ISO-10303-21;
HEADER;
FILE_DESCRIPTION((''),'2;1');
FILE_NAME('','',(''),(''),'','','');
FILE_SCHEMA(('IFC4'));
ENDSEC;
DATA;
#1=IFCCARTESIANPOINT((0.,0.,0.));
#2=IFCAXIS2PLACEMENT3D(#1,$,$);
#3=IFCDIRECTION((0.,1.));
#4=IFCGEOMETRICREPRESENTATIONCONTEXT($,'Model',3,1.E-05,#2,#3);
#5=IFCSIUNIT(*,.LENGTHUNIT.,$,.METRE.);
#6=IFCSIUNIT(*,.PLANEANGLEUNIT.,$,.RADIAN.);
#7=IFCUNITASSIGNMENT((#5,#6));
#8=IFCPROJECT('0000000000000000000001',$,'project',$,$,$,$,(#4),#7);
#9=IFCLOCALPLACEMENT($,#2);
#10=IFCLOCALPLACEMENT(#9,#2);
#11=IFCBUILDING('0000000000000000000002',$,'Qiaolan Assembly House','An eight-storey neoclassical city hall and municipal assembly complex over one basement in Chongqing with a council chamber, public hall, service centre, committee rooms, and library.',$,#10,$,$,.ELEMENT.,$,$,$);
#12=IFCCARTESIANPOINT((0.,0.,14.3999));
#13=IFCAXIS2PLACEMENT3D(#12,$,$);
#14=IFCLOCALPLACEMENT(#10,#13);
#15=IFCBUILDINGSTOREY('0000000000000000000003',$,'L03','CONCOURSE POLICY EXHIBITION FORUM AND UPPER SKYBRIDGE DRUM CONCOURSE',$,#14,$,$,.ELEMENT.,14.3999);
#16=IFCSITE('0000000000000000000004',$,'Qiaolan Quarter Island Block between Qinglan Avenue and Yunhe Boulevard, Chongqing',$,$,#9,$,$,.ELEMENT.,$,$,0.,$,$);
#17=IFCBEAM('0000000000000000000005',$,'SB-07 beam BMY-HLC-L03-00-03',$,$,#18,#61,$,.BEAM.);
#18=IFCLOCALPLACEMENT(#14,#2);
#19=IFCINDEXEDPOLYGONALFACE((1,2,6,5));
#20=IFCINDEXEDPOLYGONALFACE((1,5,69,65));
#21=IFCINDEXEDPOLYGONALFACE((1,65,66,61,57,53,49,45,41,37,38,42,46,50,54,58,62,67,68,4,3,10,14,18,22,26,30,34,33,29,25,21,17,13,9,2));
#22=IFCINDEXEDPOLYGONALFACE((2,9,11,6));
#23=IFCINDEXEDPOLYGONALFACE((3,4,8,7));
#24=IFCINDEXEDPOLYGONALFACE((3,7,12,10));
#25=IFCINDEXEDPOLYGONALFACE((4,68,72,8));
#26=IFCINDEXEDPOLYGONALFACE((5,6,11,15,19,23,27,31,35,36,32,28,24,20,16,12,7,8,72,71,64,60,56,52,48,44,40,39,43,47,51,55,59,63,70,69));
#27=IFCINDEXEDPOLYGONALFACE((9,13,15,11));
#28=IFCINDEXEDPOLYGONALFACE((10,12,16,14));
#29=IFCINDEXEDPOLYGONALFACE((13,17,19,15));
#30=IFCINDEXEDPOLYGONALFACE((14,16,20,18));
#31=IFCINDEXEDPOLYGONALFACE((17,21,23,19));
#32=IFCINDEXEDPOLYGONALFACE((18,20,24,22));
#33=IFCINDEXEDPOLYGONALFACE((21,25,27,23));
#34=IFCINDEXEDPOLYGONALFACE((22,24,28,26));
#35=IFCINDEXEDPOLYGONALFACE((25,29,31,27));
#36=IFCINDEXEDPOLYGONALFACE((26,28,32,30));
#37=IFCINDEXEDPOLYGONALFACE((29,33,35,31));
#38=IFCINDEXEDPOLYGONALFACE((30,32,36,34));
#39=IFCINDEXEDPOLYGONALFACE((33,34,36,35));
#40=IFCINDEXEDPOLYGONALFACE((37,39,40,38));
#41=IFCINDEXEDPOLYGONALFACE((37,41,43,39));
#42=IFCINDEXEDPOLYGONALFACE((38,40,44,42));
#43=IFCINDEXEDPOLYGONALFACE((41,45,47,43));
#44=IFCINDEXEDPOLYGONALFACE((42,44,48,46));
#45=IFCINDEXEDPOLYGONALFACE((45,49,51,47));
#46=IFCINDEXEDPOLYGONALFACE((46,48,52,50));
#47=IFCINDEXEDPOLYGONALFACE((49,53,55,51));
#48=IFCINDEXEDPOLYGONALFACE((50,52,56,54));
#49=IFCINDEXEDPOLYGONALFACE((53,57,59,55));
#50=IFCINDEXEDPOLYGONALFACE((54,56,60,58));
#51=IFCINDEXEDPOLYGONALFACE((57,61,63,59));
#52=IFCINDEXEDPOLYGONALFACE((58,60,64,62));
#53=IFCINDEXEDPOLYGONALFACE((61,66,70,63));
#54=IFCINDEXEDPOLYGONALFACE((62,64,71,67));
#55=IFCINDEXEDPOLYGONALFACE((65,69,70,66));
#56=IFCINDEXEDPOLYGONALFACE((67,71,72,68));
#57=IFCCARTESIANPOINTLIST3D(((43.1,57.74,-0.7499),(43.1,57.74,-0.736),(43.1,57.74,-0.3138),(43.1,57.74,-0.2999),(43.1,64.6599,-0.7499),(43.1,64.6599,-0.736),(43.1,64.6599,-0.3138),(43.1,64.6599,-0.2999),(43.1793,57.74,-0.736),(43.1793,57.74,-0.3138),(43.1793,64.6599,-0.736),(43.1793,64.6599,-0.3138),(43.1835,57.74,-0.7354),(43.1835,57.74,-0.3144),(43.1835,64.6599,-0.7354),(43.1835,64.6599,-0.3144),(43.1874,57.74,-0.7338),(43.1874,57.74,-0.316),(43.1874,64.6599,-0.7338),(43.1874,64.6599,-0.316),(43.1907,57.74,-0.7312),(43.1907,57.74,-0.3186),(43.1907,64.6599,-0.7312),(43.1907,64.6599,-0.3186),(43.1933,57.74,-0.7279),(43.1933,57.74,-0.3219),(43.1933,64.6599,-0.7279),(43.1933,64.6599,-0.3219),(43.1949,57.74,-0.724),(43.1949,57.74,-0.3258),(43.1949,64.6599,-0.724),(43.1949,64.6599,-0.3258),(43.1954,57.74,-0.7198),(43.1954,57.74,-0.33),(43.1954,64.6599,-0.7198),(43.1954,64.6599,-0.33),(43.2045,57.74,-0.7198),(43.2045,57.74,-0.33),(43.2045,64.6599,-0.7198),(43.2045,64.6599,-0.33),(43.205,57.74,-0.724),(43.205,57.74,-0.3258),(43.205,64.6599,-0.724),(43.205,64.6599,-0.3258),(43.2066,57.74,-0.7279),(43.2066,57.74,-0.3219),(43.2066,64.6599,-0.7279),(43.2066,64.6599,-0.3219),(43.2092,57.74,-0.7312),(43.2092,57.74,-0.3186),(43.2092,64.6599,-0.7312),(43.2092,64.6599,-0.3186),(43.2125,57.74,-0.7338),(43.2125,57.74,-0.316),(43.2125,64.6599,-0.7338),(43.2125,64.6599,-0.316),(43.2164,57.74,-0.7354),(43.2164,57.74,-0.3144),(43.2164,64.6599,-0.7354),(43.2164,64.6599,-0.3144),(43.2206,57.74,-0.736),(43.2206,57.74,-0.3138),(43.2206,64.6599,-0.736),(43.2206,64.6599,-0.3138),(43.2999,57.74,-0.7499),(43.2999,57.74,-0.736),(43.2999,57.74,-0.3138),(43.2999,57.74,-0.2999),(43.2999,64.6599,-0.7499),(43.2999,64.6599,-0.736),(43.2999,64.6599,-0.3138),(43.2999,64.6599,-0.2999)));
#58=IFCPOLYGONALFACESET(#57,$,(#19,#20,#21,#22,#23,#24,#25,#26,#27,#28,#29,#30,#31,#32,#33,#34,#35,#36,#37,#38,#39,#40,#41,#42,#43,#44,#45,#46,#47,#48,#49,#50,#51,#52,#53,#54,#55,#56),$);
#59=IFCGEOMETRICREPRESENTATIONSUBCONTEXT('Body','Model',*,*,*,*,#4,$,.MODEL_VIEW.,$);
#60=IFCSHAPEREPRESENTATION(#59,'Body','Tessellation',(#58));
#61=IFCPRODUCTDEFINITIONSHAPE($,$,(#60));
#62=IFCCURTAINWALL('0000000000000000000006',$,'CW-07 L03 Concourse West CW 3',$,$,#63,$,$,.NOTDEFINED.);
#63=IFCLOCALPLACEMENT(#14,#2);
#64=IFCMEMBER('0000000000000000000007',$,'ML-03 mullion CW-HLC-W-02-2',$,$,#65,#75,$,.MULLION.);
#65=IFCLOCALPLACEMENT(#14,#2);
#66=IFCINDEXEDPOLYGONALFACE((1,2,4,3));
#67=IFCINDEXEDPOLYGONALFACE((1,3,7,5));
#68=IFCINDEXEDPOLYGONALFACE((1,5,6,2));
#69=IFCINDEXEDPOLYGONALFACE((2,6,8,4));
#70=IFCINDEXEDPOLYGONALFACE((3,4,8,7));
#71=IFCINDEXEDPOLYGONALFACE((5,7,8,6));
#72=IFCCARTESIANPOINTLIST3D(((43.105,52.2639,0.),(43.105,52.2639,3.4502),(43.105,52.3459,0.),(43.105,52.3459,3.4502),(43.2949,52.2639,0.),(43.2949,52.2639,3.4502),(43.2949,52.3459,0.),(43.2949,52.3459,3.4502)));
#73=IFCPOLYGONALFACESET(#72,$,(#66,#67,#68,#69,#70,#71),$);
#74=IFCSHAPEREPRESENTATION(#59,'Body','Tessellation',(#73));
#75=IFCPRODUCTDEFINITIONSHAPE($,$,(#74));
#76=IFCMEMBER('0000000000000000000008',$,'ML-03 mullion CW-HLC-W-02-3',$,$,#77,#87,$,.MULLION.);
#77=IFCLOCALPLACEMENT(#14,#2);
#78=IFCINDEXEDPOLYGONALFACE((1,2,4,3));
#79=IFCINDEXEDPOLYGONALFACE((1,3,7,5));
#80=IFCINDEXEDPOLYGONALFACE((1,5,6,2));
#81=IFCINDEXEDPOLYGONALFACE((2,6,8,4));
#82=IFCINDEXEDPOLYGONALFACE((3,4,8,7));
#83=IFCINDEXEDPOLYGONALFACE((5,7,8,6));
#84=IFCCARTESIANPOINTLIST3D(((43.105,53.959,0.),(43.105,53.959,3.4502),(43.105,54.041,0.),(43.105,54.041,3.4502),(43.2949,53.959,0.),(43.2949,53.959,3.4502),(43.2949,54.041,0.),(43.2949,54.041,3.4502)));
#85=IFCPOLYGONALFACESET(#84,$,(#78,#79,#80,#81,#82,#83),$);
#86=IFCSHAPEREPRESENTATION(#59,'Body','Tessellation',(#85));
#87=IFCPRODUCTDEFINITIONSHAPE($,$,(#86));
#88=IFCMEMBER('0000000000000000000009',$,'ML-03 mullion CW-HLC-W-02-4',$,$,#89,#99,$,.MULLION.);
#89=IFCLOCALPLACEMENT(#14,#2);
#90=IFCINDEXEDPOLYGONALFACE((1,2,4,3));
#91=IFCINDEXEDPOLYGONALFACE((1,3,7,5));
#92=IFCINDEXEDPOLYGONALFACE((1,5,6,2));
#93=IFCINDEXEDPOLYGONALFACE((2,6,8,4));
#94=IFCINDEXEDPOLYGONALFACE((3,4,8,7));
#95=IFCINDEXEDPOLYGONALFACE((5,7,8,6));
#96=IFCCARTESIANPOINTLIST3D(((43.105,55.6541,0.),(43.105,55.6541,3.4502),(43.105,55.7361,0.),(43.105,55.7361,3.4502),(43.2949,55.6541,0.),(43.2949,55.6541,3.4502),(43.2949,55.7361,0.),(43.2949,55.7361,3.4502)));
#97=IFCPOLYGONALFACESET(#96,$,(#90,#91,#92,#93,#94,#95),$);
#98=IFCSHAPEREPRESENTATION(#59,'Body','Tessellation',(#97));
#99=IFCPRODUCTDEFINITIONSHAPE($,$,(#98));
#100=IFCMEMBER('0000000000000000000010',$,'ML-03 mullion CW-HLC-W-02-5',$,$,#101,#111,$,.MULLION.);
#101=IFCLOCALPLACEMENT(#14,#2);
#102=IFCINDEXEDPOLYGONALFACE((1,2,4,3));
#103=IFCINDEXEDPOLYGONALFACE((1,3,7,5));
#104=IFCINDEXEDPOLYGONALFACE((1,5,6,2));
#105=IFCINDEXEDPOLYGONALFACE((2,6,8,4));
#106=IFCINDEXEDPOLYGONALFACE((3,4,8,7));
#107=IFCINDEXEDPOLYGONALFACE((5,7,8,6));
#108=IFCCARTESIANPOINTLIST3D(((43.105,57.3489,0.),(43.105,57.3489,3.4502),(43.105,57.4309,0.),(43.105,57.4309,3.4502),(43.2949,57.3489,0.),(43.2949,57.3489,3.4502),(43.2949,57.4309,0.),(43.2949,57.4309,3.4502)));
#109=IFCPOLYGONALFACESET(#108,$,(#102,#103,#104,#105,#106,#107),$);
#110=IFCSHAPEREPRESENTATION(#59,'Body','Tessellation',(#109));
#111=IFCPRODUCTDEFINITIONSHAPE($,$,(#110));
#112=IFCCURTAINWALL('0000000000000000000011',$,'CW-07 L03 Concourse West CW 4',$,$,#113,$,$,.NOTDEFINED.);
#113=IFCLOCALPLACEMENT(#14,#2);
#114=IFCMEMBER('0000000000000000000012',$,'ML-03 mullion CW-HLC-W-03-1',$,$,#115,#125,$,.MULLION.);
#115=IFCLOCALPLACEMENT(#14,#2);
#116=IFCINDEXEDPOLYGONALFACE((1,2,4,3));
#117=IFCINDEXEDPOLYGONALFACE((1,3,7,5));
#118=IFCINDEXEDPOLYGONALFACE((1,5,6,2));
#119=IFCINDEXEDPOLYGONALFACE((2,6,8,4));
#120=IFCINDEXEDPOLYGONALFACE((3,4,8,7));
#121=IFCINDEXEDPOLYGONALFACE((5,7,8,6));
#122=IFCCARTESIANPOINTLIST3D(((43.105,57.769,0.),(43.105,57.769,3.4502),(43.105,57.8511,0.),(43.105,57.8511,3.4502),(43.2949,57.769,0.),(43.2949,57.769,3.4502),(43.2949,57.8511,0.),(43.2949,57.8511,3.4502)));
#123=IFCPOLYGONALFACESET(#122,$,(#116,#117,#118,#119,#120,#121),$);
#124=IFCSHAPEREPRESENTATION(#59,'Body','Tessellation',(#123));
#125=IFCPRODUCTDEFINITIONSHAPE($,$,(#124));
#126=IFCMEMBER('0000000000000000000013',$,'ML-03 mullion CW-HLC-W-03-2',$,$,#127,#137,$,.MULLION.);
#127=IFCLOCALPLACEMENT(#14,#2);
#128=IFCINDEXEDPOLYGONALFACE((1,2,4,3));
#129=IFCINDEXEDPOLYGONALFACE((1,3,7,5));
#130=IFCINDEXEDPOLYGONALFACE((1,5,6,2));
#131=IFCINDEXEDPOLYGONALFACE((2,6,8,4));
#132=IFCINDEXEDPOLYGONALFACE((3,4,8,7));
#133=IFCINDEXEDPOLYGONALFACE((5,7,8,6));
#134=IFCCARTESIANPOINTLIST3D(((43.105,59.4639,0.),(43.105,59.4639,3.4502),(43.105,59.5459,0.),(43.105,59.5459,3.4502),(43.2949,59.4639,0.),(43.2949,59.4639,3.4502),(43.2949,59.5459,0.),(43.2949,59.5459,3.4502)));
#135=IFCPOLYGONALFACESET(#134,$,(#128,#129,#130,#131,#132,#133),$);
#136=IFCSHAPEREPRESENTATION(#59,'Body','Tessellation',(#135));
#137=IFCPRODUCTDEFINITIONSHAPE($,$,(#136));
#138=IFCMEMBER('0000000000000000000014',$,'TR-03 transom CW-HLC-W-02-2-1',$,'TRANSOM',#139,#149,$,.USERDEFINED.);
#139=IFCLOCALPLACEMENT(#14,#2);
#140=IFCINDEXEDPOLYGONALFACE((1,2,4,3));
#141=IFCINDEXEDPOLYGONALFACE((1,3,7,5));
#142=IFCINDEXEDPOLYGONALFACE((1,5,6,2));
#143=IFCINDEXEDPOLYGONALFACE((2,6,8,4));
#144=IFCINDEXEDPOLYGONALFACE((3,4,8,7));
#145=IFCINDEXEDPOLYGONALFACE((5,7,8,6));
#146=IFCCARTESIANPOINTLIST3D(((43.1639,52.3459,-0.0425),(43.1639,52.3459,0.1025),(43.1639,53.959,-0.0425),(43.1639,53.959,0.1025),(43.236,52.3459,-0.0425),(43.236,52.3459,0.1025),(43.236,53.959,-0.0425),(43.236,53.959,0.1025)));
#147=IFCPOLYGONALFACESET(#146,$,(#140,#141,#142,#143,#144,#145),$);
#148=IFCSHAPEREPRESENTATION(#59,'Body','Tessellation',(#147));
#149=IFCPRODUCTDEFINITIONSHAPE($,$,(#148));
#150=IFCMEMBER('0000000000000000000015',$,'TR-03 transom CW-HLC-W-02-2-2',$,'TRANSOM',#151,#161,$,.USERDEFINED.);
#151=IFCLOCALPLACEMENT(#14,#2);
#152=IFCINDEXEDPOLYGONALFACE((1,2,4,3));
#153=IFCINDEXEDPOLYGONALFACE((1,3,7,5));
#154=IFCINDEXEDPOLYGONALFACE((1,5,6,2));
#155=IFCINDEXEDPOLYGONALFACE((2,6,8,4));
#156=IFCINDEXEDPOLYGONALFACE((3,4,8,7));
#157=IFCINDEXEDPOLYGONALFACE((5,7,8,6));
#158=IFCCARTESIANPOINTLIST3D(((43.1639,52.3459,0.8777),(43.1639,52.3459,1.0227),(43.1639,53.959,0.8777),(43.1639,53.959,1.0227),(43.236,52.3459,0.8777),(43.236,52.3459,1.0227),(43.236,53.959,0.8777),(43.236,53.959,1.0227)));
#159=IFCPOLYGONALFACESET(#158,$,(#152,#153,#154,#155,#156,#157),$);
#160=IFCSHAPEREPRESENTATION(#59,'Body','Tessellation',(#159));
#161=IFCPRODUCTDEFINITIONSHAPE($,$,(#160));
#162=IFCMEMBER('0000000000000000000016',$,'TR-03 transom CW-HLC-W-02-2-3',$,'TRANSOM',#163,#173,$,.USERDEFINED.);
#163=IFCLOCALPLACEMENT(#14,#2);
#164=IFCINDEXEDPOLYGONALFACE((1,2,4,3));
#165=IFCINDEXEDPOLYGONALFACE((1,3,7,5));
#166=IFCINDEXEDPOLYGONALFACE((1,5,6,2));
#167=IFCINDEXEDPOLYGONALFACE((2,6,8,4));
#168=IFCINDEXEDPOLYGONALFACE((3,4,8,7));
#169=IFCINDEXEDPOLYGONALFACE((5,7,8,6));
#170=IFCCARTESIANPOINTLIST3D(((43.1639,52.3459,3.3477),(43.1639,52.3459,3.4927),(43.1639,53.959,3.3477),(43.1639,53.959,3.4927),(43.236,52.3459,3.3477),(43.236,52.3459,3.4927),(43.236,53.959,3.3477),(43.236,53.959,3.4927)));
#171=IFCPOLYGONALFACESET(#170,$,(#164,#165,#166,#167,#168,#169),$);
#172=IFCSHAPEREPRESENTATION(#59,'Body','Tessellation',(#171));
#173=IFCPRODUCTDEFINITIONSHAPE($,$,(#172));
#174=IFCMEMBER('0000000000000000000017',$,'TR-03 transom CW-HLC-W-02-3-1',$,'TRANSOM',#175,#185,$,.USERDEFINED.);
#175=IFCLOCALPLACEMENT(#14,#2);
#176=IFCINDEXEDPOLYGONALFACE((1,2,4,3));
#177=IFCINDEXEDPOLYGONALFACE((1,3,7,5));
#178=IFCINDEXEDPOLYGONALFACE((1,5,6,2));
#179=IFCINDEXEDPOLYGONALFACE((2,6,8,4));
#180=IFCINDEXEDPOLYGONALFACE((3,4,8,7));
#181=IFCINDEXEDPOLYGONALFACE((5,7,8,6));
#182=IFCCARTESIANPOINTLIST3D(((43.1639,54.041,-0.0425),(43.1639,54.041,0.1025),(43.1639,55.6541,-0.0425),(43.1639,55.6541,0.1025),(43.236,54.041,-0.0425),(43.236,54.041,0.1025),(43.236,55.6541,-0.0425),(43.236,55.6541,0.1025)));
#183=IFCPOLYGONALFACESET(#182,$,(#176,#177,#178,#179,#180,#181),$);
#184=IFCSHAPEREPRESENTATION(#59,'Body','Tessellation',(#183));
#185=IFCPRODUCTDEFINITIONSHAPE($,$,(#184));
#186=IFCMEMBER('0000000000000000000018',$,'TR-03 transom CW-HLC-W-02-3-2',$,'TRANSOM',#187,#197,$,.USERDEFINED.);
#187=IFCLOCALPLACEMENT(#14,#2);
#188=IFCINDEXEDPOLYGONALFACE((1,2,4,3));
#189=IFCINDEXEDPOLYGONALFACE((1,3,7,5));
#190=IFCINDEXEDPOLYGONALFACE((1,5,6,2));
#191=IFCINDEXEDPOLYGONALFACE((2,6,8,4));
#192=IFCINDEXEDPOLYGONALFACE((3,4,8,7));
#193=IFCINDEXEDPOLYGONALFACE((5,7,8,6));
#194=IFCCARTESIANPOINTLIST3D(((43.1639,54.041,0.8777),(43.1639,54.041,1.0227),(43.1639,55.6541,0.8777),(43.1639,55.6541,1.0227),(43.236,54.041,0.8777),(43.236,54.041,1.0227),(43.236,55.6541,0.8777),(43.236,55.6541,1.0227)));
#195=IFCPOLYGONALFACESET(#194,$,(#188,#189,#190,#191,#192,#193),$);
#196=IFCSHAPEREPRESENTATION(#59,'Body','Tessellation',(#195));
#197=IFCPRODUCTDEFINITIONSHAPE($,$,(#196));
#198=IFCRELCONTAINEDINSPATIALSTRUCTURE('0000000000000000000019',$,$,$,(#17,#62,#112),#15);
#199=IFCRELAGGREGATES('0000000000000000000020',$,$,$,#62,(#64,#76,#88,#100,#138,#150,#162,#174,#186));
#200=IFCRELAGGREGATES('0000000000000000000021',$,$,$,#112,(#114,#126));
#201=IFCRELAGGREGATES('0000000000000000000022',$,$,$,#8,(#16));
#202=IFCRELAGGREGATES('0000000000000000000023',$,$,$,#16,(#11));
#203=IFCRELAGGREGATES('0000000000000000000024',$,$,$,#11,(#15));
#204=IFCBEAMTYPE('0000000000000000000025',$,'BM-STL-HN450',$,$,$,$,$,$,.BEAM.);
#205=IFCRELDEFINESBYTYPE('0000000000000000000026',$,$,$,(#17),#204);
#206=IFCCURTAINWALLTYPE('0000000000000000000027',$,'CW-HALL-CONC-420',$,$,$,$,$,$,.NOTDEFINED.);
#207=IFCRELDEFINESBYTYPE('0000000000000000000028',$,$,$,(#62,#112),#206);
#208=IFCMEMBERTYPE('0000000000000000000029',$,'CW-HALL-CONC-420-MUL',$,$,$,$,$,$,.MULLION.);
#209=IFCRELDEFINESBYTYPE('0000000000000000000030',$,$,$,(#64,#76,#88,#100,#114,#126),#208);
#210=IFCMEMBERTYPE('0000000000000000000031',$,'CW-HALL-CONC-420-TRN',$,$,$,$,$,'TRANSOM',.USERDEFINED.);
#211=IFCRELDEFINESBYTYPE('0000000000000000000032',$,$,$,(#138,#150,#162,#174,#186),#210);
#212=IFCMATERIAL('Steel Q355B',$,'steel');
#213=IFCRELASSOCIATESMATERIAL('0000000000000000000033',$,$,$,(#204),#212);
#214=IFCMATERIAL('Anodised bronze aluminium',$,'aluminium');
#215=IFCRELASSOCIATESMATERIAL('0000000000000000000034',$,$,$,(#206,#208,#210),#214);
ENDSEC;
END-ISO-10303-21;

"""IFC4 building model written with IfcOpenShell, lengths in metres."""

from ifc_helpers import new_model, si_unit, direction, frame, origin, origin_2d, place, context, subcontext, project, spatial, rectangle, i_section, extrude, material, material_profile, profile_set, type_object, element, aggregate, save


model = new_model("IFC4")

# Units and contexts
model_context = context("Model", 3, precision=1e-05, world=origin(), true_north=direction((0.0, 1.0)))
body_context = subcontext(model_context, "Body", "Model", "MODEL_VIEW")
ifc_project = project(units=[si_unit("LENGTHUNIT", "METRE"), si_unit("PLANEANGLEUNIT", "RADIAN")], contexts=[model_context])

# Site, building, storey
site_placement = place(None, origin())
site = spatial("IfcSite", under=ifc_project, at=site_placement, Name="Qiaolan Quarter Island Block between Qinglan Avenue and Yunhe Boulevard, Chongqing", CompositionType="ELEMENT", RefElevation=0.0)
building_placement = place(site_placement, origin())
building = spatial("IfcBuilding", under=site, at=building_placement, Name="Qiaolan Assembly House", Description="An eight-storey neoclassical city hall and municipal assembly complex over one basement in Chongqing with a council chamber, public hall, service centre, committee rooms, and library.", CompositionType="ELEMENT")
storey_placement = place(building_placement, frame((0.0, 0.0, 14.3999)))
storey = spatial("IfcBuildingStorey", under=building, at=storey_placement, Name="L03", Description="CONCOURSE POLICY EXHIBITION FORUM AND UPPER SKYBRIDGE DRUM CONCOURSE", CompositionType="ELEMENT", Elevation=14.3999)

# Shared definitions
ifc_material_1 = material(Name="Steel Q355B", Category="steel")

# Beam
ifc_material_profile_1 = material_profile(ifc_material_1, i_section(OverallWidth=0.2, OverallDepth=0.45, WebThickness=0.009, FlangeThickness=0.0139, FilletRadius=0.0161, at=origin_2d()), Name="HN 450x200x9x14")
ifc_profile_set_1 = profile_set([ifc_material_profile_1], Name="Steel Q355B")
beam_type_1 = type_object("IfcBeamType", Name="BM-STL-HN450", PredefinedType="BEAM", material=ifc_profile_set_1)
beam_placement = place(storey_placement, frame((43.2, 57.74, -0.5249), z_axis=(0.0, 1.0, 0.0), x_axis=(-1.0, 0.0, 0.0)))
element("IfcBeam", 1, at=beam_placement, inside=storey, type_object=beam_type_1, Name="SB-07 beam BMY-HLC-L03-00-03", PredefinedType="BEAM", context=body_context, shape_type="SweptSolid", body=[
    extrude(i_section(OverallWidth=0.2, OverallDepth=0.45, WebThickness=0.009, FlangeThickness=0.0139, FilletRadius=0.0161, at=origin_2d()), origin(), (0.0, 0.0, 1.0), 6.9199),
])

# Curtain walls, members
ifc_material_2 = material(Name="Anodised bronze aluminium", Category="aluminium")
curtain_wall_type = type_object("IfcCurtainWallType", Name="CW-HALL-CONC-420", PredefinedType="NOTDEFINED", material=ifc_material_2)
curtain_wall_1_placement = place(storey_placement, origin())
curtain_wall_1 = element("IfcCurtainWall", 2, at=curtain_wall_1_placement, inside=storey, type_object=curtain_wall_type, Name="CW-07 L03 Concourse West CW 3", PredefinedType="NOTDEFINED")
ifc_material_profile_2 = material_profile(ifc_material_2, rectangle(XDim=0.082, YDim=0.1899, at=origin_2d()), Name="MUL 82x190")
ifc_profile_set_2 = profile_set([ifc_material_profile_2], Name="Anodised bronze aluminium")
member_type_1 = type_object("IfcMemberType", Name="CW-HALL-CONC-420-MUL", PredefinedType="MULLION", material=ifc_profile_set_2)
member_1_placement = place(storey_placement, frame((43.2, 52.3049, 0.0), z_axis=(0.0, 0.0, 1.0), x_axis=(0.0, 1.0, 0.0)))
member_1 = element("IfcMember", 3, at=member_1_placement, type_object=member_type_1, Name="ML-03 mullion CW-HLC-W-02-2", PredefinedType="MULLION", context=body_context, shape_type="SweptSolid", body=[
    extrude(rectangle(XDim=0.082, YDim=0.1899, at=origin_2d()), origin(), (0.0, 0.0, 1.0), 3.4502),
])
member_2_placement = place(storey_placement, frame((43.2, 54.0, 0.0), z_axis=(0.0, 0.0, 1.0), x_axis=(0.0, 1.0, 0.0)))
member_2 = element("IfcMember", 4, at=member_2_placement, type_object=member_type_1, Name="ML-03 mullion CW-HLC-W-02-3", PredefinedType="MULLION", context=body_context, shape_type="SweptSolid", body=[
    extrude(rectangle(XDim=0.082, YDim=0.1899, at=origin_2d()), origin(), (0.0, 0.0, 1.0), 3.4502),
])
member_3_placement = place(storey_placement, frame((43.2, 55.6951, 0.0), z_axis=(0.0, 0.0, 1.0), x_axis=(0.0, 1.0, 0.0)))
member_3 = element("IfcMember", 5, at=member_3_placement, type_object=member_type_1, Name="ML-03 mullion CW-HLC-W-02-4", PredefinedType="MULLION", context=body_context, shape_type="SweptSolid", body=[
    extrude(rectangle(XDim=0.082, YDim=0.1899, at=origin_2d()), origin(), (0.0, 0.0, 1.0), 3.4502),
])
member_4_placement = place(storey_placement, frame((43.2, 57.3899, 0.0), z_axis=(0.0, 0.0, 1.0), x_axis=(0.0, 1.0, 0.0)))
member_4 = element("IfcMember", 6, at=member_4_placement, type_object=member_type_1, Name="ML-03 mullion CW-HLC-W-02-5", PredefinedType="MULLION", context=body_context, shape_type="SweptSolid", body=[
    extrude(rectangle(XDim=0.082, YDim=0.1899, at=origin_2d()), origin(), (0.0, 0.0, 1.0), 3.4502),
])
curtain_wall_2_placement = place(storey_placement, origin())
curtain_wall_2 = element("IfcCurtainWall", 7, at=curtain_wall_2_placement, inside=storey, type_object=curtain_wall_type, Name="CW-07 L03 Concourse West CW 4", PredefinedType="NOTDEFINED")
member_5_placement = place(storey_placement, frame((43.2, 57.8101, 0.0), z_axis=(0.0, 0.0, 1.0), x_axis=(0.0, 1.0, 0.0)))
member_5 = element("IfcMember", 8, at=member_5_placement, type_object=member_type_1, Name="ML-03 mullion CW-HLC-W-03-1", PredefinedType="MULLION", context=body_context, shape_type="SweptSolid", body=[
    extrude(rectangle(XDim=0.082, YDim=0.1899, at=origin_2d()), origin(), (0.0, 0.0, 1.0), 3.4502),
])
member_6_placement = place(storey_placement, frame((43.2, 59.5049, 0.0), z_axis=(0.0, 0.0, 1.0), x_axis=(0.0, 1.0, 0.0)))
member_6 = element("IfcMember", 9, at=member_6_placement, type_object=member_type_1, Name="ML-03 mullion CW-HLC-W-03-2", PredefinedType="MULLION", context=body_context, shape_type="SweptSolid", body=[
    extrude(rectangle(XDim=0.082, YDim=0.1899, at=origin_2d()), origin(), (0.0, 0.0, 1.0), 3.4502),
])

# Members
ifc_material_profile_3 = material_profile(ifc_material_2, rectangle(XDim=0.072, YDim=0.145, at=origin_2d()), Name="TRN 72x145")
ifc_profile_set_3 = profile_set([ifc_material_profile_3], Name="Anodised bronze aluminium")
member_type_2 = type_object("IfcMemberType", Name="CW-HALL-CONC-420-TRN", ElementType="TRANSOM", PredefinedType="USERDEFINED", material=ifc_profile_set_3)
member_7_placement = place(storey_placement, frame((43.2, 52.3459, 0.03), z_axis=(0.0, 1.0, 0.0), x_axis=(-1.0, 0.0, 0.0)))
member_7 = element("IfcMember", 10, at=member_7_placement, type_object=member_type_2, Name="TR-03 transom CW-HLC-W-02-2-1", ObjectType="TRANSOM", PredefinedType="USERDEFINED", context=body_context, shape_type="SweptSolid", body=[
    extrude(rectangle(XDim=0.072, YDim=0.145, at=origin_2d()), origin(), (0.0, 0.0, 1.0), 1.613),
])
member_8_placement = place(storey_placement, frame((43.2, 52.3459, 0.9502), z_axis=(0.0, 1.0, 0.0), x_axis=(-1.0, 0.0, 0.0)))
member_8 = element("IfcMember", 11, at=member_8_placement, type_object=member_type_2, Name="TR-03 transom CW-HLC-W-02-2-2", ObjectType="TRANSOM", PredefinedType="USERDEFINED", context=body_context, shape_type="SweptSolid", body=[
    extrude(rectangle(XDim=0.072, YDim=0.145, at=origin_2d()), origin(), (0.0, 0.0, 1.0), 1.613),
])
member_9_placement = place(storey_placement, frame((43.2, 52.3459, 3.4202), z_axis=(0.0, 1.0, 0.0), x_axis=(-1.0, 0.0, 0.0)))
member_9 = element("IfcMember", 12, at=member_9_placement, type_object=member_type_2, Name="TR-03 transom CW-HLC-W-02-2-3", ObjectType="TRANSOM", PredefinedType="USERDEFINED", context=body_context, shape_type="SweptSolid", body=[
    extrude(rectangle(XDim=0.072, YDim=0.145, at=origin_2d()), origin(), (0.0, 0.0, 1.0), 1.613),
])
member_10_placement = place(storey_placement, frame((43.2, 54.041, 0.03), z_axis=(0.0, 1.0, 0.0), x_axis=(-1.0, 0.0, 0.0)))
member_10 = element("IfcMember", 13, at=member_10_placement, type_object=member_type_2, Name="TR-03 transom CW-HLC-W-02-3-1", ObjectType="TRANSOM", PredefinedType="USERDEFINED", context=body_context, shape_type="SweptSolid", body=[
    extrude(rectangle(XDim=0.072, YDim=0.145, at=origin_2d()), origin(), (0.0, 0.0, 1.0), 1.613),
])
member_11_placement = place(storey_placement, frame((43.2, 54.041, 0.9502), z_axis=(0.0, 1.0, 0.0), x_axis=(-1.0, 0.0, 0.0)))
member_11 = element("IfcMember", 14, at=member_11_placement, type_object=member_type_2, Name="TR-03 transom CW-HLC-W-02-3-2", ObjectType="TRANSOM", PredefinedType="USERDEFINED", context=body_context, shape_type="SweptSolid", body=[
    extrude(rectangle(XDim=0.072, YDim=0.145, at=origin_2d()), origin(), (0.0, 0.0, 1.0), 1.613),
])

aggregate(curtain_wall_1, [member_1, member_2, member_3, member_4, member_7, member_8, member_9, member_10, member_11])
aggregate(curtain_wall_2, [member_5, member_6])

save(model, "model.ifc")
